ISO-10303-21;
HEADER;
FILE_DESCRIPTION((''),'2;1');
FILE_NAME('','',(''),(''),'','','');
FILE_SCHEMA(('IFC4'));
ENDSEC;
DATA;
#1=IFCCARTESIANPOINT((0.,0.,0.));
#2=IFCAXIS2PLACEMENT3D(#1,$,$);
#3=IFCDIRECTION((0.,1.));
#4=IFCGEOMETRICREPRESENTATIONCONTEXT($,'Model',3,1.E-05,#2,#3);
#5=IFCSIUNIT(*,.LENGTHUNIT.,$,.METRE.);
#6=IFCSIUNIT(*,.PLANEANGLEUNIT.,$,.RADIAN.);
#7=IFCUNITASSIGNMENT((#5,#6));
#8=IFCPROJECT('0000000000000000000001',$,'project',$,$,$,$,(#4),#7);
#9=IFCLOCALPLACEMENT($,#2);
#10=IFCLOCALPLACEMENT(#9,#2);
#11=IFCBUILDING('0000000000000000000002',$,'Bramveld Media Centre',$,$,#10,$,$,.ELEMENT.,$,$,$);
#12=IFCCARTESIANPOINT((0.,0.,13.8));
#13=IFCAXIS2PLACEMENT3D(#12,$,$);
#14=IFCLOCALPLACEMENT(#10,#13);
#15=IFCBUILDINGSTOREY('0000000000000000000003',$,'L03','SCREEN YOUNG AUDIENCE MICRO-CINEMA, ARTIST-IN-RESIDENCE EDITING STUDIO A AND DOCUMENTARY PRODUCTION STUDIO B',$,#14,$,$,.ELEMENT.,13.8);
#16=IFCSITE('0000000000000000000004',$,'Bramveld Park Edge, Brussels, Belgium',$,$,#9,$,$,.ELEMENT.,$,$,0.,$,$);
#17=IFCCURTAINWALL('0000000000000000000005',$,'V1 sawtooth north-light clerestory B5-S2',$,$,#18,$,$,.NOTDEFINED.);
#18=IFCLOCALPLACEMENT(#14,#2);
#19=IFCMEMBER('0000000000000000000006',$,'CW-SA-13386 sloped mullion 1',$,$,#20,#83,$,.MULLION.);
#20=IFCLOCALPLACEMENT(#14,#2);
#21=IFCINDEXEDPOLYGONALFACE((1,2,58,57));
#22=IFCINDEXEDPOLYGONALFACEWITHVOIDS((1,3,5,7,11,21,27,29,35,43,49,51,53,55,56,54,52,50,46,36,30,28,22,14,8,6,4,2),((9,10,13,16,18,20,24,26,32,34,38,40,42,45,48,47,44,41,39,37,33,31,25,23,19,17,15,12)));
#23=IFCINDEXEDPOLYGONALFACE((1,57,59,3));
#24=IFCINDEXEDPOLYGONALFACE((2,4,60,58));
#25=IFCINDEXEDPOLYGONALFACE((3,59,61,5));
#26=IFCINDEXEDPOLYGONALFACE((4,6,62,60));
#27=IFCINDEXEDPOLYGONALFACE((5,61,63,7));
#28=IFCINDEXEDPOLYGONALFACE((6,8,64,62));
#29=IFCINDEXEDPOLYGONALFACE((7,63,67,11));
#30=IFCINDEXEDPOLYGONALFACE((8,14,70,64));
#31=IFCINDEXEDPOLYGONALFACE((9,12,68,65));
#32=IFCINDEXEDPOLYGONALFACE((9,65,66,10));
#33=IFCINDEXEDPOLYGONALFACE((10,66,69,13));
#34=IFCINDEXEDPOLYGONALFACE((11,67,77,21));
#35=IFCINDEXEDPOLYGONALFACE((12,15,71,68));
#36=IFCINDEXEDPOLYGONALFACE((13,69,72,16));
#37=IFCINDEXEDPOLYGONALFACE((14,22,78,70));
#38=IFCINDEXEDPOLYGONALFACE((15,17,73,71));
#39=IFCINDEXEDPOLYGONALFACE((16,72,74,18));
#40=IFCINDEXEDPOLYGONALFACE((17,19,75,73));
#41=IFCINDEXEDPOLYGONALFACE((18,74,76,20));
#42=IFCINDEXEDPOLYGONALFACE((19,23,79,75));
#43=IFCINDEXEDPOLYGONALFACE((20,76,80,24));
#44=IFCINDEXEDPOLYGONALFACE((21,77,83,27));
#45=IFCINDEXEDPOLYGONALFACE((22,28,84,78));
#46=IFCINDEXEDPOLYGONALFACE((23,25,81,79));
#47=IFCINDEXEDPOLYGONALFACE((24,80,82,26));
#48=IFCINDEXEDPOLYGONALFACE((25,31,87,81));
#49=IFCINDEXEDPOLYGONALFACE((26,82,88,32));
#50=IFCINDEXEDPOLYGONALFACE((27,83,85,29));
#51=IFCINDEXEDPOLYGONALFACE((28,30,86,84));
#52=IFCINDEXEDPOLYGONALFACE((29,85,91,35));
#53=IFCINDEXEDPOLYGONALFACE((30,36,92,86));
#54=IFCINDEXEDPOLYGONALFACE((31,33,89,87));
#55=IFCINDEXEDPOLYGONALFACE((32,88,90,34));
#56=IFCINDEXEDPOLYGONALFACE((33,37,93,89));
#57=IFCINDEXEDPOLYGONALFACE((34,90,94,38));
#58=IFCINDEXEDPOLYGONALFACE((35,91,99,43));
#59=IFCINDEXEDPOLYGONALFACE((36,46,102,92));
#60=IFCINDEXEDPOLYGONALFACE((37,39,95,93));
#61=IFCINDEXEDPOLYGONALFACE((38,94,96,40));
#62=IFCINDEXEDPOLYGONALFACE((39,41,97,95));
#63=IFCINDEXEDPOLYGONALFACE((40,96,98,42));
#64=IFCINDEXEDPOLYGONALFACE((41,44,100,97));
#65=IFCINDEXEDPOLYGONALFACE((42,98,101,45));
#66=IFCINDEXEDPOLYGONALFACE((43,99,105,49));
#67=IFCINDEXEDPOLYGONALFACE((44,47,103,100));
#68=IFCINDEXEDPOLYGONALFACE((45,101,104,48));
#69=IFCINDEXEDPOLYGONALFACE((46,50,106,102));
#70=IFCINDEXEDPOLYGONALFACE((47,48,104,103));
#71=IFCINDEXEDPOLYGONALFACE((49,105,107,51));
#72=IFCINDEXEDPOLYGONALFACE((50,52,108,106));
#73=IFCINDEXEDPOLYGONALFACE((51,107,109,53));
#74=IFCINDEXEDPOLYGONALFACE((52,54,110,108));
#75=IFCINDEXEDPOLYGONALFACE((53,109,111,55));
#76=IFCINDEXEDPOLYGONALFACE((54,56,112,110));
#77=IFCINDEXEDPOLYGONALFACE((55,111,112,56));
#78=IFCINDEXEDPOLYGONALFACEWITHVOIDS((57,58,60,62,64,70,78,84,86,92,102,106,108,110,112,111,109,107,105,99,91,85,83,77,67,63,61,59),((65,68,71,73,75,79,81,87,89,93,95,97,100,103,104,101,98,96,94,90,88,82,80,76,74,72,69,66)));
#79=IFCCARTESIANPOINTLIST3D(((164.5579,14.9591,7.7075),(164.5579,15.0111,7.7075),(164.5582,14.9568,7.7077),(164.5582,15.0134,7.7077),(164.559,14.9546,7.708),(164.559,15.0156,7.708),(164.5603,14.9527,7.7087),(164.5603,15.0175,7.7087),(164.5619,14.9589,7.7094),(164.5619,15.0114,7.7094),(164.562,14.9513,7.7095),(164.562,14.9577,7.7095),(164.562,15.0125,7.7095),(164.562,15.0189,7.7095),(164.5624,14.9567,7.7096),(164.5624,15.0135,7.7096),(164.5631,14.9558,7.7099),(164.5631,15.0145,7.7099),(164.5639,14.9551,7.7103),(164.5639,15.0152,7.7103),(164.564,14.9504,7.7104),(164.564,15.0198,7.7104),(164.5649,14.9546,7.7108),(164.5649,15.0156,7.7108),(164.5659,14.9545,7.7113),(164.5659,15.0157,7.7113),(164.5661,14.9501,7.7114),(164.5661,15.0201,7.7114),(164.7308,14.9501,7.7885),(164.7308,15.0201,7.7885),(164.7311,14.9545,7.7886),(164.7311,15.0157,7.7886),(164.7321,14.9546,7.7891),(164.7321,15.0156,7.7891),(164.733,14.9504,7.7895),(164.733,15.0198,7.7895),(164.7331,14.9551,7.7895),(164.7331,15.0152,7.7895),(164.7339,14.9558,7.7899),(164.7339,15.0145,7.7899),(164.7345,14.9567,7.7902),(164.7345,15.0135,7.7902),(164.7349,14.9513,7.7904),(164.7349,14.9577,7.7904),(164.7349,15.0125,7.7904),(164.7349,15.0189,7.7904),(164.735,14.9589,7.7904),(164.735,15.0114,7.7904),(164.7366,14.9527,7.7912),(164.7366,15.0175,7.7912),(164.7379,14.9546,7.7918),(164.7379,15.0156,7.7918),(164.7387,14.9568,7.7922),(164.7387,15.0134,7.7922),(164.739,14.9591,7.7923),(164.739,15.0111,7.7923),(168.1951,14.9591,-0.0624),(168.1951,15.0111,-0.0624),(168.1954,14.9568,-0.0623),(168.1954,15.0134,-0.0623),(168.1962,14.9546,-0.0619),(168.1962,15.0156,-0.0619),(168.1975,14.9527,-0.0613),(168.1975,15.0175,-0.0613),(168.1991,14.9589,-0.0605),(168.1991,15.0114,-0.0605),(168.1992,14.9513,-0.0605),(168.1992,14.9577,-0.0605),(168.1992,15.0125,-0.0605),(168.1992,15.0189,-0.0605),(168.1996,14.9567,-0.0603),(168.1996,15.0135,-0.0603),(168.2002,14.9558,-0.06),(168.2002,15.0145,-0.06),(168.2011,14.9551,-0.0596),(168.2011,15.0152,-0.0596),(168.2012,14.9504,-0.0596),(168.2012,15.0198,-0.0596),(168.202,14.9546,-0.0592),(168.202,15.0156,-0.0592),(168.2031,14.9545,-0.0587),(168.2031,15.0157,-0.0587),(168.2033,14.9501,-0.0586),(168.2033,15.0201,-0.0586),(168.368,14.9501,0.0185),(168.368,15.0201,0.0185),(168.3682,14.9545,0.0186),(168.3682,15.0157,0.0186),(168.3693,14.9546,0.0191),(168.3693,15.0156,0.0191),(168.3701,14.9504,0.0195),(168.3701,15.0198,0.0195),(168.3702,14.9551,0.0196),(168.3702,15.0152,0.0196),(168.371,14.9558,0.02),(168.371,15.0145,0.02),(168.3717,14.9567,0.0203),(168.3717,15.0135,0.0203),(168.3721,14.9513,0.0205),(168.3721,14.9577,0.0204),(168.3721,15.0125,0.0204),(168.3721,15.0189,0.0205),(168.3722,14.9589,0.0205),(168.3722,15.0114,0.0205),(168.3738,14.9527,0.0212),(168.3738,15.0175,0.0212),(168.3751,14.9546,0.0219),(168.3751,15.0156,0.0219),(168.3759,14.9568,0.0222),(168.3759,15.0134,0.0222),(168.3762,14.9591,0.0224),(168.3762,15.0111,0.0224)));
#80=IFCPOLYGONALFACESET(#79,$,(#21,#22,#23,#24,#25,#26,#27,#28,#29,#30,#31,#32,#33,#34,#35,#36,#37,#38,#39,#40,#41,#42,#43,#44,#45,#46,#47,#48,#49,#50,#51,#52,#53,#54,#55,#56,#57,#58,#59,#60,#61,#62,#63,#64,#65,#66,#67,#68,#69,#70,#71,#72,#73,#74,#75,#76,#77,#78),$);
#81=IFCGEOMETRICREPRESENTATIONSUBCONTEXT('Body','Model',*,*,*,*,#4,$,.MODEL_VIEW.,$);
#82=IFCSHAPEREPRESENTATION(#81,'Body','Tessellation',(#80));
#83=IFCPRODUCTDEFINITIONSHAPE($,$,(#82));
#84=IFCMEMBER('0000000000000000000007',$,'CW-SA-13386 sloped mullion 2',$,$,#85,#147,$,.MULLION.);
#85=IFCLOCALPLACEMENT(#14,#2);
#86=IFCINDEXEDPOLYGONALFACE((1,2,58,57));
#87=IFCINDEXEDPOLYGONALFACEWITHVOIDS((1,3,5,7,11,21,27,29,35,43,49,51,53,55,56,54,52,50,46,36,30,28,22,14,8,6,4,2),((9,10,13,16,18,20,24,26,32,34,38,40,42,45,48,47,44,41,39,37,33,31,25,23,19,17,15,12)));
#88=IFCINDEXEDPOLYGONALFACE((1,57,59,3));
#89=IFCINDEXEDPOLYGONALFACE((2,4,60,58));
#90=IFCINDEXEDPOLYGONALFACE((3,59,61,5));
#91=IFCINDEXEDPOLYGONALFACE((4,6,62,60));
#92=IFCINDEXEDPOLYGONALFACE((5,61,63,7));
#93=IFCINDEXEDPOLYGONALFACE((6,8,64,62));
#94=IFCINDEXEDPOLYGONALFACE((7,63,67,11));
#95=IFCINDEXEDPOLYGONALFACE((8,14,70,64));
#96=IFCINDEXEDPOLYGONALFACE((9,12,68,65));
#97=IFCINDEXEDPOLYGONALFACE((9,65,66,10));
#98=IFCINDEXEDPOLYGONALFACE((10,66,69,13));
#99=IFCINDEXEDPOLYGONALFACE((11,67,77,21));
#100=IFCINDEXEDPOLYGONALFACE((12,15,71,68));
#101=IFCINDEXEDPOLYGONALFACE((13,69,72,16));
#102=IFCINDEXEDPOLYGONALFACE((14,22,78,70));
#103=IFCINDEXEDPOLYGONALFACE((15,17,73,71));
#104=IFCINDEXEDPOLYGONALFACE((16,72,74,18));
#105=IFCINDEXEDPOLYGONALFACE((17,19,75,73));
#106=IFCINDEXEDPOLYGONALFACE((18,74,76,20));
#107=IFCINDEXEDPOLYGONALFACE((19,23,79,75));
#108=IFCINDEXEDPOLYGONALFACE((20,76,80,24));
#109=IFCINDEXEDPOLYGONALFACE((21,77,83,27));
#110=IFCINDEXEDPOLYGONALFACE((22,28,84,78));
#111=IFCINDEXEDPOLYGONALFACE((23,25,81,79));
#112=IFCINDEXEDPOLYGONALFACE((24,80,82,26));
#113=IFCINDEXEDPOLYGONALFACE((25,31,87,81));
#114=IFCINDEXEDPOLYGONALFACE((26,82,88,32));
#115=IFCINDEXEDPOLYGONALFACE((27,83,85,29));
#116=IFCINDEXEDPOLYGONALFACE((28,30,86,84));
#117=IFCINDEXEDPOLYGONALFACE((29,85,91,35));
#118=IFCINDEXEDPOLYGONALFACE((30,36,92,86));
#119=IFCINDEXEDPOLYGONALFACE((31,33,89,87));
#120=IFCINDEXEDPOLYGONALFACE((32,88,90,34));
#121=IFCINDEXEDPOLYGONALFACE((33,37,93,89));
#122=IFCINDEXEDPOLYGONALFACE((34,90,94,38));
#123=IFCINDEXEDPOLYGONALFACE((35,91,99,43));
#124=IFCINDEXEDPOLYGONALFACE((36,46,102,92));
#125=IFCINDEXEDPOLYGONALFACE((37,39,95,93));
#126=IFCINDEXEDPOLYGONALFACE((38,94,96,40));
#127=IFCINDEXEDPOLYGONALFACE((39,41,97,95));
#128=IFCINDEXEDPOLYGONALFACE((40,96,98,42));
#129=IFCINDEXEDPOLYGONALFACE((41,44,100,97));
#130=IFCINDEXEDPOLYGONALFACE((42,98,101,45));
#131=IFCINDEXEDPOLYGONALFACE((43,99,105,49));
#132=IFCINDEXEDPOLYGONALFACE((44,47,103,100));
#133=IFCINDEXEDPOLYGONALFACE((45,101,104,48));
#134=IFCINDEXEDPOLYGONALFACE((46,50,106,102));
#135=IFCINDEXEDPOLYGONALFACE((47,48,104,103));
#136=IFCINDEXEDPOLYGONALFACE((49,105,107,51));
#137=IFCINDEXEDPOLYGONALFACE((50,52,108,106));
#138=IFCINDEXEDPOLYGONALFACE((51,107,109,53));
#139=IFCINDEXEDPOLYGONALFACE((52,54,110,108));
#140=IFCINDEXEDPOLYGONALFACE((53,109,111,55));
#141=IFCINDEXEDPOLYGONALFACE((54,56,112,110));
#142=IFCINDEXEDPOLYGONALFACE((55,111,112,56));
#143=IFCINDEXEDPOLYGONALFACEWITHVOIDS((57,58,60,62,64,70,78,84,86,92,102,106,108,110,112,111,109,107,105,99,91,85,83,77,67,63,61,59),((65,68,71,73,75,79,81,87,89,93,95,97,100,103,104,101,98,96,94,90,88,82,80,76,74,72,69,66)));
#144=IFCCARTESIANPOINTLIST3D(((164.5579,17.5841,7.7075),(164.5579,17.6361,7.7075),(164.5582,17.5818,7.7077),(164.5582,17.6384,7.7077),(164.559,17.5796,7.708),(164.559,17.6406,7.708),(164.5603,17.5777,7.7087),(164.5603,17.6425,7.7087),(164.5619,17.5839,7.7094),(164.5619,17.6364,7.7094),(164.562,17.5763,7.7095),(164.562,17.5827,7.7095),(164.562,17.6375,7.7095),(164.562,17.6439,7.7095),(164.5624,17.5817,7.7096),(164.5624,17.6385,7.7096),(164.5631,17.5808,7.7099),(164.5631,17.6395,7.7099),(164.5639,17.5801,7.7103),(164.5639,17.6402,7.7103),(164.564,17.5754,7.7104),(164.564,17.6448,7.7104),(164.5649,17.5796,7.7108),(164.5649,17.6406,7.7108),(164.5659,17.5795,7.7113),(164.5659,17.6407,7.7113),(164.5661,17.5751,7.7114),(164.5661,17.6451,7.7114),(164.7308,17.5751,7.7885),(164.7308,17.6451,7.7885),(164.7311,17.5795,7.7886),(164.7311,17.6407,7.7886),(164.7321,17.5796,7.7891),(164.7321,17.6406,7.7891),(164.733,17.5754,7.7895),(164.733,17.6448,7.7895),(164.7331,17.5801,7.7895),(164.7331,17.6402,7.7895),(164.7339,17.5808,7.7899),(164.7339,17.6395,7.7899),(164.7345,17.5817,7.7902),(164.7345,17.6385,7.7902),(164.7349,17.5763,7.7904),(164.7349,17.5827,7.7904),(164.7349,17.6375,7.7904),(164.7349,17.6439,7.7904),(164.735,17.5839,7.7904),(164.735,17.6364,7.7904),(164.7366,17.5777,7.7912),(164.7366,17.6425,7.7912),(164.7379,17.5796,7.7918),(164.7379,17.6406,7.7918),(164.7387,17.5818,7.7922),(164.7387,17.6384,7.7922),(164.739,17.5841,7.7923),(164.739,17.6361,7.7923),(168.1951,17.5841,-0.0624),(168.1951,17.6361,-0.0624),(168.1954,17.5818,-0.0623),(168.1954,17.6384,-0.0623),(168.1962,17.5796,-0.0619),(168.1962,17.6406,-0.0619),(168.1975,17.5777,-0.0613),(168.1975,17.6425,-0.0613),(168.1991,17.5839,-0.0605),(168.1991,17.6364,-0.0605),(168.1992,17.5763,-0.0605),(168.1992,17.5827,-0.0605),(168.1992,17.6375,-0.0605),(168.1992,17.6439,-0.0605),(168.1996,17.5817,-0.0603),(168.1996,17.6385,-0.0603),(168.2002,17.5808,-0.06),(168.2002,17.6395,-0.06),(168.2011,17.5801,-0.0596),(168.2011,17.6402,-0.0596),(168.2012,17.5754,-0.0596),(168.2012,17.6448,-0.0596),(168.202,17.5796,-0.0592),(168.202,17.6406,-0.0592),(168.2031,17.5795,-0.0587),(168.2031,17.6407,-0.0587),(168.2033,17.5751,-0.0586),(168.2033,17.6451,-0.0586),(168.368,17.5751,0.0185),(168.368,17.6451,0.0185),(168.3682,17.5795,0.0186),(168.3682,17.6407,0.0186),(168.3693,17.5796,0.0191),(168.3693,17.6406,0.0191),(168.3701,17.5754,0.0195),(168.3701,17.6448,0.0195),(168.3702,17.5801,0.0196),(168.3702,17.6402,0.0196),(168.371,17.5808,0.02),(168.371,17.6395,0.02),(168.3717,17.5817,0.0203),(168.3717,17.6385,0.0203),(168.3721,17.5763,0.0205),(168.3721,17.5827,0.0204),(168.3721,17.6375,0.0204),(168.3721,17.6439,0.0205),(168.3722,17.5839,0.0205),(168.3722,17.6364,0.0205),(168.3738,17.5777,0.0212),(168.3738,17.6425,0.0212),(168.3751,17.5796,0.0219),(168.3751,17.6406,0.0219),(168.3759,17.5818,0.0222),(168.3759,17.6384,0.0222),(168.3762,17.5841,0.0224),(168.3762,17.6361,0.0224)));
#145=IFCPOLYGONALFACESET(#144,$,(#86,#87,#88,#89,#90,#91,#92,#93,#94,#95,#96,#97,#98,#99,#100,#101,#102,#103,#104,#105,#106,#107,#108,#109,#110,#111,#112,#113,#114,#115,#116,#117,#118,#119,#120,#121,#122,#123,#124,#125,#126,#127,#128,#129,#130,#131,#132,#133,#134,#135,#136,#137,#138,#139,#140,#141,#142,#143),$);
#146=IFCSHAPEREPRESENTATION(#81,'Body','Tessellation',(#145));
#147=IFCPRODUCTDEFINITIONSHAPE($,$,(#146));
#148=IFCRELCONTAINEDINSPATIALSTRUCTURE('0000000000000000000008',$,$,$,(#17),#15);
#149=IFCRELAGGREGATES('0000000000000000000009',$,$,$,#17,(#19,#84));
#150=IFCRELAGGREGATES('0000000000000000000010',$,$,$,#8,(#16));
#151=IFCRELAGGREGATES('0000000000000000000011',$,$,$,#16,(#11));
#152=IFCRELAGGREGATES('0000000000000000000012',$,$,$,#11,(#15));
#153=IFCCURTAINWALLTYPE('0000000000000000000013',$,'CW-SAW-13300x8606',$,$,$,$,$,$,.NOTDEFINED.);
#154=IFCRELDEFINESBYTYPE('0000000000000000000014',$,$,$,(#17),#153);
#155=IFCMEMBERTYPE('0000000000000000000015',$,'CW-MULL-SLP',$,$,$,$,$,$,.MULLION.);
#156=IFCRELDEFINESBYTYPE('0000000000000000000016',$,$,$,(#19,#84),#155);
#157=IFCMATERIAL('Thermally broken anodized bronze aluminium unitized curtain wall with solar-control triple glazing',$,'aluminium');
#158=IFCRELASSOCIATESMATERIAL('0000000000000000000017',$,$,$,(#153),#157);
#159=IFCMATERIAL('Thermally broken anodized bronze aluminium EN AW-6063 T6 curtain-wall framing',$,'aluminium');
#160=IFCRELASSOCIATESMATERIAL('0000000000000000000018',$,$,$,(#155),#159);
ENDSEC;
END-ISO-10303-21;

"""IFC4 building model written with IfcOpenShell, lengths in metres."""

from ifc_helpers import new_model, si_unit, direction, frame, origin, origin_2d, place, context, subcontext, project, spatial, hollow_rectangle, extrude, material, material_profile, profile_set, type_object, element, aggregate, save


model = new_model("IFC4")

# Units and contexts
model_context = context("Model", 3, precision=1e-05, world=origin(), true_north=direction((0.0, 1.0)))
body_context = subcontext(model_context, "Body", "Model", "MODEL_VIEW")
ifc_project = project(units=[si_unit("LENGTHUNIT", "METRE"), si_unit("PLANEANGLEUNIT", "RADIAN")], contexts=[model_context])

# Site, building, storey
site_placement = place(None, origin())
site = spatial("IfcSite", under=ifc_project, at=site_placement, Name="Bramveld Park Edge, Brussels, Belgium", CompositionType="ELEMENT", RefElevation=0.0)
building_placement = place(site_placement, origin())
building = spatial("IfcBuilding", under=site, at=building_placement, Name="Bramveld Media Centre", CompositionType="ELEMENT")
storey_placement = place(building_placement, frame((0.0, 0.0, 13.8)))
storey = spatial("IfcBuildingStorey", under=building, at=storey_placement, Name="L03", Description="SCREEN YOUNG AUDIENCE MICRO-CINEMA, ARTIST-IN-RESIDENCE EDITING STUDIO A AND DOCUMENTARY PRODUCTION STUDIO B", CompositionType="ELEMENT", Elevation=13.8)

# Curtain wall, members
ifc_material_1 = material(Name="Thermally broken anodized bronze aluminium unitized curtain wall with solar-control triple glazing", Category="aluminium")
curtain_wall_type = type_object("IfcCurtainWallType", Name="CW-SAW-13300x8606", PredefinedType="NOTDEFINED", material=ifc_material_1)
ifc_material_2 = material(Name="Thermally broken anodized bronze aluminium EN AW-6063 T6 curtain-wall framing", Category="aluminium")
ifc_material_profile_1 = material_profile(ifc_material_2, hollow_rectangle(XDim=0.0701, YDim=0.2, WallThickness=0.0044, InnerFilletRadius=0.0044, OuterFilletRadius=0.009, at=origin_2d()), Name="AL-MULL 70x200")
ifc_profile_set_1 = profile_set([ifc_material_profile_1], Name="Thermally broken anodized bronze aluminium EN AW-6063 T6 curtain-wall framing")
member_type_1 = type_object("IfcMemberType", Name="CW-MULL-SLP", PredefinedType="MULLION", material=ifc_profile_set_1)
curtain_wall_1_placement = place(storey_placement, origin())
curtain_wall_1 = element("IfcCurtainWall", 1, at=curtain_wall_1_placement, inside=storey, type_object=curtain_wall_type, Name="V1 sawtooth north-light clerestory B5-S2", PredefinedType="NOTDEFINED")
member_1_placement = place(storey_placement, frame((168.2856, 14.9851, -0.02), z_axis=(-0.423957, 0.0, 0.905682), x_axis=(0.0, -1.0, 0.0)))
member_1 = element("IfcMember", 2, at=member_1_placement, type_object=member_type_1, Name="CW-SA-13386 sloped mullion 1", PredefinedType="MULLION", context=body_context, shape_type="SweptSolid", body=[
    extrude(hollow_rectangle(XDim=0.0701, YDim=0.2, WallThickness=0.0044, InnerFilletRadius=0.0044, OuterFilletRadius=0.009, at=origin_2d()), origin(), (0.0, 0.0, 1.0), 8.5791),
])
member_2_placement = place(storey_placement, frame((168.2856, 17.6101, -0.02), z_axis=(-0.423957, 0.0, 0.905682), x_axis=(0.0, -1.0, 0.0)))
member_2 = element("IfcMember", 3, at=member_2_placement, type_object=member_type_1, Name="CW-SA-13386 sloped mullion 2", PredefinedType="MULLION", context=body_context, shape_type="SweptSolid", body=[
    extrude(hollow_rectangle(XDim=0.0701, YDim=0.2, WallThickness=0.0044, InnerFilletRadius=0.0044, OuterFilletRadius=0.009, at=origin_2d()), origin(), (0.0, 0.0, 1.0), 8.5791),
])

aggregate(curtain_wall_1, [member_1, member_2])

save(model, "model.ifc")
